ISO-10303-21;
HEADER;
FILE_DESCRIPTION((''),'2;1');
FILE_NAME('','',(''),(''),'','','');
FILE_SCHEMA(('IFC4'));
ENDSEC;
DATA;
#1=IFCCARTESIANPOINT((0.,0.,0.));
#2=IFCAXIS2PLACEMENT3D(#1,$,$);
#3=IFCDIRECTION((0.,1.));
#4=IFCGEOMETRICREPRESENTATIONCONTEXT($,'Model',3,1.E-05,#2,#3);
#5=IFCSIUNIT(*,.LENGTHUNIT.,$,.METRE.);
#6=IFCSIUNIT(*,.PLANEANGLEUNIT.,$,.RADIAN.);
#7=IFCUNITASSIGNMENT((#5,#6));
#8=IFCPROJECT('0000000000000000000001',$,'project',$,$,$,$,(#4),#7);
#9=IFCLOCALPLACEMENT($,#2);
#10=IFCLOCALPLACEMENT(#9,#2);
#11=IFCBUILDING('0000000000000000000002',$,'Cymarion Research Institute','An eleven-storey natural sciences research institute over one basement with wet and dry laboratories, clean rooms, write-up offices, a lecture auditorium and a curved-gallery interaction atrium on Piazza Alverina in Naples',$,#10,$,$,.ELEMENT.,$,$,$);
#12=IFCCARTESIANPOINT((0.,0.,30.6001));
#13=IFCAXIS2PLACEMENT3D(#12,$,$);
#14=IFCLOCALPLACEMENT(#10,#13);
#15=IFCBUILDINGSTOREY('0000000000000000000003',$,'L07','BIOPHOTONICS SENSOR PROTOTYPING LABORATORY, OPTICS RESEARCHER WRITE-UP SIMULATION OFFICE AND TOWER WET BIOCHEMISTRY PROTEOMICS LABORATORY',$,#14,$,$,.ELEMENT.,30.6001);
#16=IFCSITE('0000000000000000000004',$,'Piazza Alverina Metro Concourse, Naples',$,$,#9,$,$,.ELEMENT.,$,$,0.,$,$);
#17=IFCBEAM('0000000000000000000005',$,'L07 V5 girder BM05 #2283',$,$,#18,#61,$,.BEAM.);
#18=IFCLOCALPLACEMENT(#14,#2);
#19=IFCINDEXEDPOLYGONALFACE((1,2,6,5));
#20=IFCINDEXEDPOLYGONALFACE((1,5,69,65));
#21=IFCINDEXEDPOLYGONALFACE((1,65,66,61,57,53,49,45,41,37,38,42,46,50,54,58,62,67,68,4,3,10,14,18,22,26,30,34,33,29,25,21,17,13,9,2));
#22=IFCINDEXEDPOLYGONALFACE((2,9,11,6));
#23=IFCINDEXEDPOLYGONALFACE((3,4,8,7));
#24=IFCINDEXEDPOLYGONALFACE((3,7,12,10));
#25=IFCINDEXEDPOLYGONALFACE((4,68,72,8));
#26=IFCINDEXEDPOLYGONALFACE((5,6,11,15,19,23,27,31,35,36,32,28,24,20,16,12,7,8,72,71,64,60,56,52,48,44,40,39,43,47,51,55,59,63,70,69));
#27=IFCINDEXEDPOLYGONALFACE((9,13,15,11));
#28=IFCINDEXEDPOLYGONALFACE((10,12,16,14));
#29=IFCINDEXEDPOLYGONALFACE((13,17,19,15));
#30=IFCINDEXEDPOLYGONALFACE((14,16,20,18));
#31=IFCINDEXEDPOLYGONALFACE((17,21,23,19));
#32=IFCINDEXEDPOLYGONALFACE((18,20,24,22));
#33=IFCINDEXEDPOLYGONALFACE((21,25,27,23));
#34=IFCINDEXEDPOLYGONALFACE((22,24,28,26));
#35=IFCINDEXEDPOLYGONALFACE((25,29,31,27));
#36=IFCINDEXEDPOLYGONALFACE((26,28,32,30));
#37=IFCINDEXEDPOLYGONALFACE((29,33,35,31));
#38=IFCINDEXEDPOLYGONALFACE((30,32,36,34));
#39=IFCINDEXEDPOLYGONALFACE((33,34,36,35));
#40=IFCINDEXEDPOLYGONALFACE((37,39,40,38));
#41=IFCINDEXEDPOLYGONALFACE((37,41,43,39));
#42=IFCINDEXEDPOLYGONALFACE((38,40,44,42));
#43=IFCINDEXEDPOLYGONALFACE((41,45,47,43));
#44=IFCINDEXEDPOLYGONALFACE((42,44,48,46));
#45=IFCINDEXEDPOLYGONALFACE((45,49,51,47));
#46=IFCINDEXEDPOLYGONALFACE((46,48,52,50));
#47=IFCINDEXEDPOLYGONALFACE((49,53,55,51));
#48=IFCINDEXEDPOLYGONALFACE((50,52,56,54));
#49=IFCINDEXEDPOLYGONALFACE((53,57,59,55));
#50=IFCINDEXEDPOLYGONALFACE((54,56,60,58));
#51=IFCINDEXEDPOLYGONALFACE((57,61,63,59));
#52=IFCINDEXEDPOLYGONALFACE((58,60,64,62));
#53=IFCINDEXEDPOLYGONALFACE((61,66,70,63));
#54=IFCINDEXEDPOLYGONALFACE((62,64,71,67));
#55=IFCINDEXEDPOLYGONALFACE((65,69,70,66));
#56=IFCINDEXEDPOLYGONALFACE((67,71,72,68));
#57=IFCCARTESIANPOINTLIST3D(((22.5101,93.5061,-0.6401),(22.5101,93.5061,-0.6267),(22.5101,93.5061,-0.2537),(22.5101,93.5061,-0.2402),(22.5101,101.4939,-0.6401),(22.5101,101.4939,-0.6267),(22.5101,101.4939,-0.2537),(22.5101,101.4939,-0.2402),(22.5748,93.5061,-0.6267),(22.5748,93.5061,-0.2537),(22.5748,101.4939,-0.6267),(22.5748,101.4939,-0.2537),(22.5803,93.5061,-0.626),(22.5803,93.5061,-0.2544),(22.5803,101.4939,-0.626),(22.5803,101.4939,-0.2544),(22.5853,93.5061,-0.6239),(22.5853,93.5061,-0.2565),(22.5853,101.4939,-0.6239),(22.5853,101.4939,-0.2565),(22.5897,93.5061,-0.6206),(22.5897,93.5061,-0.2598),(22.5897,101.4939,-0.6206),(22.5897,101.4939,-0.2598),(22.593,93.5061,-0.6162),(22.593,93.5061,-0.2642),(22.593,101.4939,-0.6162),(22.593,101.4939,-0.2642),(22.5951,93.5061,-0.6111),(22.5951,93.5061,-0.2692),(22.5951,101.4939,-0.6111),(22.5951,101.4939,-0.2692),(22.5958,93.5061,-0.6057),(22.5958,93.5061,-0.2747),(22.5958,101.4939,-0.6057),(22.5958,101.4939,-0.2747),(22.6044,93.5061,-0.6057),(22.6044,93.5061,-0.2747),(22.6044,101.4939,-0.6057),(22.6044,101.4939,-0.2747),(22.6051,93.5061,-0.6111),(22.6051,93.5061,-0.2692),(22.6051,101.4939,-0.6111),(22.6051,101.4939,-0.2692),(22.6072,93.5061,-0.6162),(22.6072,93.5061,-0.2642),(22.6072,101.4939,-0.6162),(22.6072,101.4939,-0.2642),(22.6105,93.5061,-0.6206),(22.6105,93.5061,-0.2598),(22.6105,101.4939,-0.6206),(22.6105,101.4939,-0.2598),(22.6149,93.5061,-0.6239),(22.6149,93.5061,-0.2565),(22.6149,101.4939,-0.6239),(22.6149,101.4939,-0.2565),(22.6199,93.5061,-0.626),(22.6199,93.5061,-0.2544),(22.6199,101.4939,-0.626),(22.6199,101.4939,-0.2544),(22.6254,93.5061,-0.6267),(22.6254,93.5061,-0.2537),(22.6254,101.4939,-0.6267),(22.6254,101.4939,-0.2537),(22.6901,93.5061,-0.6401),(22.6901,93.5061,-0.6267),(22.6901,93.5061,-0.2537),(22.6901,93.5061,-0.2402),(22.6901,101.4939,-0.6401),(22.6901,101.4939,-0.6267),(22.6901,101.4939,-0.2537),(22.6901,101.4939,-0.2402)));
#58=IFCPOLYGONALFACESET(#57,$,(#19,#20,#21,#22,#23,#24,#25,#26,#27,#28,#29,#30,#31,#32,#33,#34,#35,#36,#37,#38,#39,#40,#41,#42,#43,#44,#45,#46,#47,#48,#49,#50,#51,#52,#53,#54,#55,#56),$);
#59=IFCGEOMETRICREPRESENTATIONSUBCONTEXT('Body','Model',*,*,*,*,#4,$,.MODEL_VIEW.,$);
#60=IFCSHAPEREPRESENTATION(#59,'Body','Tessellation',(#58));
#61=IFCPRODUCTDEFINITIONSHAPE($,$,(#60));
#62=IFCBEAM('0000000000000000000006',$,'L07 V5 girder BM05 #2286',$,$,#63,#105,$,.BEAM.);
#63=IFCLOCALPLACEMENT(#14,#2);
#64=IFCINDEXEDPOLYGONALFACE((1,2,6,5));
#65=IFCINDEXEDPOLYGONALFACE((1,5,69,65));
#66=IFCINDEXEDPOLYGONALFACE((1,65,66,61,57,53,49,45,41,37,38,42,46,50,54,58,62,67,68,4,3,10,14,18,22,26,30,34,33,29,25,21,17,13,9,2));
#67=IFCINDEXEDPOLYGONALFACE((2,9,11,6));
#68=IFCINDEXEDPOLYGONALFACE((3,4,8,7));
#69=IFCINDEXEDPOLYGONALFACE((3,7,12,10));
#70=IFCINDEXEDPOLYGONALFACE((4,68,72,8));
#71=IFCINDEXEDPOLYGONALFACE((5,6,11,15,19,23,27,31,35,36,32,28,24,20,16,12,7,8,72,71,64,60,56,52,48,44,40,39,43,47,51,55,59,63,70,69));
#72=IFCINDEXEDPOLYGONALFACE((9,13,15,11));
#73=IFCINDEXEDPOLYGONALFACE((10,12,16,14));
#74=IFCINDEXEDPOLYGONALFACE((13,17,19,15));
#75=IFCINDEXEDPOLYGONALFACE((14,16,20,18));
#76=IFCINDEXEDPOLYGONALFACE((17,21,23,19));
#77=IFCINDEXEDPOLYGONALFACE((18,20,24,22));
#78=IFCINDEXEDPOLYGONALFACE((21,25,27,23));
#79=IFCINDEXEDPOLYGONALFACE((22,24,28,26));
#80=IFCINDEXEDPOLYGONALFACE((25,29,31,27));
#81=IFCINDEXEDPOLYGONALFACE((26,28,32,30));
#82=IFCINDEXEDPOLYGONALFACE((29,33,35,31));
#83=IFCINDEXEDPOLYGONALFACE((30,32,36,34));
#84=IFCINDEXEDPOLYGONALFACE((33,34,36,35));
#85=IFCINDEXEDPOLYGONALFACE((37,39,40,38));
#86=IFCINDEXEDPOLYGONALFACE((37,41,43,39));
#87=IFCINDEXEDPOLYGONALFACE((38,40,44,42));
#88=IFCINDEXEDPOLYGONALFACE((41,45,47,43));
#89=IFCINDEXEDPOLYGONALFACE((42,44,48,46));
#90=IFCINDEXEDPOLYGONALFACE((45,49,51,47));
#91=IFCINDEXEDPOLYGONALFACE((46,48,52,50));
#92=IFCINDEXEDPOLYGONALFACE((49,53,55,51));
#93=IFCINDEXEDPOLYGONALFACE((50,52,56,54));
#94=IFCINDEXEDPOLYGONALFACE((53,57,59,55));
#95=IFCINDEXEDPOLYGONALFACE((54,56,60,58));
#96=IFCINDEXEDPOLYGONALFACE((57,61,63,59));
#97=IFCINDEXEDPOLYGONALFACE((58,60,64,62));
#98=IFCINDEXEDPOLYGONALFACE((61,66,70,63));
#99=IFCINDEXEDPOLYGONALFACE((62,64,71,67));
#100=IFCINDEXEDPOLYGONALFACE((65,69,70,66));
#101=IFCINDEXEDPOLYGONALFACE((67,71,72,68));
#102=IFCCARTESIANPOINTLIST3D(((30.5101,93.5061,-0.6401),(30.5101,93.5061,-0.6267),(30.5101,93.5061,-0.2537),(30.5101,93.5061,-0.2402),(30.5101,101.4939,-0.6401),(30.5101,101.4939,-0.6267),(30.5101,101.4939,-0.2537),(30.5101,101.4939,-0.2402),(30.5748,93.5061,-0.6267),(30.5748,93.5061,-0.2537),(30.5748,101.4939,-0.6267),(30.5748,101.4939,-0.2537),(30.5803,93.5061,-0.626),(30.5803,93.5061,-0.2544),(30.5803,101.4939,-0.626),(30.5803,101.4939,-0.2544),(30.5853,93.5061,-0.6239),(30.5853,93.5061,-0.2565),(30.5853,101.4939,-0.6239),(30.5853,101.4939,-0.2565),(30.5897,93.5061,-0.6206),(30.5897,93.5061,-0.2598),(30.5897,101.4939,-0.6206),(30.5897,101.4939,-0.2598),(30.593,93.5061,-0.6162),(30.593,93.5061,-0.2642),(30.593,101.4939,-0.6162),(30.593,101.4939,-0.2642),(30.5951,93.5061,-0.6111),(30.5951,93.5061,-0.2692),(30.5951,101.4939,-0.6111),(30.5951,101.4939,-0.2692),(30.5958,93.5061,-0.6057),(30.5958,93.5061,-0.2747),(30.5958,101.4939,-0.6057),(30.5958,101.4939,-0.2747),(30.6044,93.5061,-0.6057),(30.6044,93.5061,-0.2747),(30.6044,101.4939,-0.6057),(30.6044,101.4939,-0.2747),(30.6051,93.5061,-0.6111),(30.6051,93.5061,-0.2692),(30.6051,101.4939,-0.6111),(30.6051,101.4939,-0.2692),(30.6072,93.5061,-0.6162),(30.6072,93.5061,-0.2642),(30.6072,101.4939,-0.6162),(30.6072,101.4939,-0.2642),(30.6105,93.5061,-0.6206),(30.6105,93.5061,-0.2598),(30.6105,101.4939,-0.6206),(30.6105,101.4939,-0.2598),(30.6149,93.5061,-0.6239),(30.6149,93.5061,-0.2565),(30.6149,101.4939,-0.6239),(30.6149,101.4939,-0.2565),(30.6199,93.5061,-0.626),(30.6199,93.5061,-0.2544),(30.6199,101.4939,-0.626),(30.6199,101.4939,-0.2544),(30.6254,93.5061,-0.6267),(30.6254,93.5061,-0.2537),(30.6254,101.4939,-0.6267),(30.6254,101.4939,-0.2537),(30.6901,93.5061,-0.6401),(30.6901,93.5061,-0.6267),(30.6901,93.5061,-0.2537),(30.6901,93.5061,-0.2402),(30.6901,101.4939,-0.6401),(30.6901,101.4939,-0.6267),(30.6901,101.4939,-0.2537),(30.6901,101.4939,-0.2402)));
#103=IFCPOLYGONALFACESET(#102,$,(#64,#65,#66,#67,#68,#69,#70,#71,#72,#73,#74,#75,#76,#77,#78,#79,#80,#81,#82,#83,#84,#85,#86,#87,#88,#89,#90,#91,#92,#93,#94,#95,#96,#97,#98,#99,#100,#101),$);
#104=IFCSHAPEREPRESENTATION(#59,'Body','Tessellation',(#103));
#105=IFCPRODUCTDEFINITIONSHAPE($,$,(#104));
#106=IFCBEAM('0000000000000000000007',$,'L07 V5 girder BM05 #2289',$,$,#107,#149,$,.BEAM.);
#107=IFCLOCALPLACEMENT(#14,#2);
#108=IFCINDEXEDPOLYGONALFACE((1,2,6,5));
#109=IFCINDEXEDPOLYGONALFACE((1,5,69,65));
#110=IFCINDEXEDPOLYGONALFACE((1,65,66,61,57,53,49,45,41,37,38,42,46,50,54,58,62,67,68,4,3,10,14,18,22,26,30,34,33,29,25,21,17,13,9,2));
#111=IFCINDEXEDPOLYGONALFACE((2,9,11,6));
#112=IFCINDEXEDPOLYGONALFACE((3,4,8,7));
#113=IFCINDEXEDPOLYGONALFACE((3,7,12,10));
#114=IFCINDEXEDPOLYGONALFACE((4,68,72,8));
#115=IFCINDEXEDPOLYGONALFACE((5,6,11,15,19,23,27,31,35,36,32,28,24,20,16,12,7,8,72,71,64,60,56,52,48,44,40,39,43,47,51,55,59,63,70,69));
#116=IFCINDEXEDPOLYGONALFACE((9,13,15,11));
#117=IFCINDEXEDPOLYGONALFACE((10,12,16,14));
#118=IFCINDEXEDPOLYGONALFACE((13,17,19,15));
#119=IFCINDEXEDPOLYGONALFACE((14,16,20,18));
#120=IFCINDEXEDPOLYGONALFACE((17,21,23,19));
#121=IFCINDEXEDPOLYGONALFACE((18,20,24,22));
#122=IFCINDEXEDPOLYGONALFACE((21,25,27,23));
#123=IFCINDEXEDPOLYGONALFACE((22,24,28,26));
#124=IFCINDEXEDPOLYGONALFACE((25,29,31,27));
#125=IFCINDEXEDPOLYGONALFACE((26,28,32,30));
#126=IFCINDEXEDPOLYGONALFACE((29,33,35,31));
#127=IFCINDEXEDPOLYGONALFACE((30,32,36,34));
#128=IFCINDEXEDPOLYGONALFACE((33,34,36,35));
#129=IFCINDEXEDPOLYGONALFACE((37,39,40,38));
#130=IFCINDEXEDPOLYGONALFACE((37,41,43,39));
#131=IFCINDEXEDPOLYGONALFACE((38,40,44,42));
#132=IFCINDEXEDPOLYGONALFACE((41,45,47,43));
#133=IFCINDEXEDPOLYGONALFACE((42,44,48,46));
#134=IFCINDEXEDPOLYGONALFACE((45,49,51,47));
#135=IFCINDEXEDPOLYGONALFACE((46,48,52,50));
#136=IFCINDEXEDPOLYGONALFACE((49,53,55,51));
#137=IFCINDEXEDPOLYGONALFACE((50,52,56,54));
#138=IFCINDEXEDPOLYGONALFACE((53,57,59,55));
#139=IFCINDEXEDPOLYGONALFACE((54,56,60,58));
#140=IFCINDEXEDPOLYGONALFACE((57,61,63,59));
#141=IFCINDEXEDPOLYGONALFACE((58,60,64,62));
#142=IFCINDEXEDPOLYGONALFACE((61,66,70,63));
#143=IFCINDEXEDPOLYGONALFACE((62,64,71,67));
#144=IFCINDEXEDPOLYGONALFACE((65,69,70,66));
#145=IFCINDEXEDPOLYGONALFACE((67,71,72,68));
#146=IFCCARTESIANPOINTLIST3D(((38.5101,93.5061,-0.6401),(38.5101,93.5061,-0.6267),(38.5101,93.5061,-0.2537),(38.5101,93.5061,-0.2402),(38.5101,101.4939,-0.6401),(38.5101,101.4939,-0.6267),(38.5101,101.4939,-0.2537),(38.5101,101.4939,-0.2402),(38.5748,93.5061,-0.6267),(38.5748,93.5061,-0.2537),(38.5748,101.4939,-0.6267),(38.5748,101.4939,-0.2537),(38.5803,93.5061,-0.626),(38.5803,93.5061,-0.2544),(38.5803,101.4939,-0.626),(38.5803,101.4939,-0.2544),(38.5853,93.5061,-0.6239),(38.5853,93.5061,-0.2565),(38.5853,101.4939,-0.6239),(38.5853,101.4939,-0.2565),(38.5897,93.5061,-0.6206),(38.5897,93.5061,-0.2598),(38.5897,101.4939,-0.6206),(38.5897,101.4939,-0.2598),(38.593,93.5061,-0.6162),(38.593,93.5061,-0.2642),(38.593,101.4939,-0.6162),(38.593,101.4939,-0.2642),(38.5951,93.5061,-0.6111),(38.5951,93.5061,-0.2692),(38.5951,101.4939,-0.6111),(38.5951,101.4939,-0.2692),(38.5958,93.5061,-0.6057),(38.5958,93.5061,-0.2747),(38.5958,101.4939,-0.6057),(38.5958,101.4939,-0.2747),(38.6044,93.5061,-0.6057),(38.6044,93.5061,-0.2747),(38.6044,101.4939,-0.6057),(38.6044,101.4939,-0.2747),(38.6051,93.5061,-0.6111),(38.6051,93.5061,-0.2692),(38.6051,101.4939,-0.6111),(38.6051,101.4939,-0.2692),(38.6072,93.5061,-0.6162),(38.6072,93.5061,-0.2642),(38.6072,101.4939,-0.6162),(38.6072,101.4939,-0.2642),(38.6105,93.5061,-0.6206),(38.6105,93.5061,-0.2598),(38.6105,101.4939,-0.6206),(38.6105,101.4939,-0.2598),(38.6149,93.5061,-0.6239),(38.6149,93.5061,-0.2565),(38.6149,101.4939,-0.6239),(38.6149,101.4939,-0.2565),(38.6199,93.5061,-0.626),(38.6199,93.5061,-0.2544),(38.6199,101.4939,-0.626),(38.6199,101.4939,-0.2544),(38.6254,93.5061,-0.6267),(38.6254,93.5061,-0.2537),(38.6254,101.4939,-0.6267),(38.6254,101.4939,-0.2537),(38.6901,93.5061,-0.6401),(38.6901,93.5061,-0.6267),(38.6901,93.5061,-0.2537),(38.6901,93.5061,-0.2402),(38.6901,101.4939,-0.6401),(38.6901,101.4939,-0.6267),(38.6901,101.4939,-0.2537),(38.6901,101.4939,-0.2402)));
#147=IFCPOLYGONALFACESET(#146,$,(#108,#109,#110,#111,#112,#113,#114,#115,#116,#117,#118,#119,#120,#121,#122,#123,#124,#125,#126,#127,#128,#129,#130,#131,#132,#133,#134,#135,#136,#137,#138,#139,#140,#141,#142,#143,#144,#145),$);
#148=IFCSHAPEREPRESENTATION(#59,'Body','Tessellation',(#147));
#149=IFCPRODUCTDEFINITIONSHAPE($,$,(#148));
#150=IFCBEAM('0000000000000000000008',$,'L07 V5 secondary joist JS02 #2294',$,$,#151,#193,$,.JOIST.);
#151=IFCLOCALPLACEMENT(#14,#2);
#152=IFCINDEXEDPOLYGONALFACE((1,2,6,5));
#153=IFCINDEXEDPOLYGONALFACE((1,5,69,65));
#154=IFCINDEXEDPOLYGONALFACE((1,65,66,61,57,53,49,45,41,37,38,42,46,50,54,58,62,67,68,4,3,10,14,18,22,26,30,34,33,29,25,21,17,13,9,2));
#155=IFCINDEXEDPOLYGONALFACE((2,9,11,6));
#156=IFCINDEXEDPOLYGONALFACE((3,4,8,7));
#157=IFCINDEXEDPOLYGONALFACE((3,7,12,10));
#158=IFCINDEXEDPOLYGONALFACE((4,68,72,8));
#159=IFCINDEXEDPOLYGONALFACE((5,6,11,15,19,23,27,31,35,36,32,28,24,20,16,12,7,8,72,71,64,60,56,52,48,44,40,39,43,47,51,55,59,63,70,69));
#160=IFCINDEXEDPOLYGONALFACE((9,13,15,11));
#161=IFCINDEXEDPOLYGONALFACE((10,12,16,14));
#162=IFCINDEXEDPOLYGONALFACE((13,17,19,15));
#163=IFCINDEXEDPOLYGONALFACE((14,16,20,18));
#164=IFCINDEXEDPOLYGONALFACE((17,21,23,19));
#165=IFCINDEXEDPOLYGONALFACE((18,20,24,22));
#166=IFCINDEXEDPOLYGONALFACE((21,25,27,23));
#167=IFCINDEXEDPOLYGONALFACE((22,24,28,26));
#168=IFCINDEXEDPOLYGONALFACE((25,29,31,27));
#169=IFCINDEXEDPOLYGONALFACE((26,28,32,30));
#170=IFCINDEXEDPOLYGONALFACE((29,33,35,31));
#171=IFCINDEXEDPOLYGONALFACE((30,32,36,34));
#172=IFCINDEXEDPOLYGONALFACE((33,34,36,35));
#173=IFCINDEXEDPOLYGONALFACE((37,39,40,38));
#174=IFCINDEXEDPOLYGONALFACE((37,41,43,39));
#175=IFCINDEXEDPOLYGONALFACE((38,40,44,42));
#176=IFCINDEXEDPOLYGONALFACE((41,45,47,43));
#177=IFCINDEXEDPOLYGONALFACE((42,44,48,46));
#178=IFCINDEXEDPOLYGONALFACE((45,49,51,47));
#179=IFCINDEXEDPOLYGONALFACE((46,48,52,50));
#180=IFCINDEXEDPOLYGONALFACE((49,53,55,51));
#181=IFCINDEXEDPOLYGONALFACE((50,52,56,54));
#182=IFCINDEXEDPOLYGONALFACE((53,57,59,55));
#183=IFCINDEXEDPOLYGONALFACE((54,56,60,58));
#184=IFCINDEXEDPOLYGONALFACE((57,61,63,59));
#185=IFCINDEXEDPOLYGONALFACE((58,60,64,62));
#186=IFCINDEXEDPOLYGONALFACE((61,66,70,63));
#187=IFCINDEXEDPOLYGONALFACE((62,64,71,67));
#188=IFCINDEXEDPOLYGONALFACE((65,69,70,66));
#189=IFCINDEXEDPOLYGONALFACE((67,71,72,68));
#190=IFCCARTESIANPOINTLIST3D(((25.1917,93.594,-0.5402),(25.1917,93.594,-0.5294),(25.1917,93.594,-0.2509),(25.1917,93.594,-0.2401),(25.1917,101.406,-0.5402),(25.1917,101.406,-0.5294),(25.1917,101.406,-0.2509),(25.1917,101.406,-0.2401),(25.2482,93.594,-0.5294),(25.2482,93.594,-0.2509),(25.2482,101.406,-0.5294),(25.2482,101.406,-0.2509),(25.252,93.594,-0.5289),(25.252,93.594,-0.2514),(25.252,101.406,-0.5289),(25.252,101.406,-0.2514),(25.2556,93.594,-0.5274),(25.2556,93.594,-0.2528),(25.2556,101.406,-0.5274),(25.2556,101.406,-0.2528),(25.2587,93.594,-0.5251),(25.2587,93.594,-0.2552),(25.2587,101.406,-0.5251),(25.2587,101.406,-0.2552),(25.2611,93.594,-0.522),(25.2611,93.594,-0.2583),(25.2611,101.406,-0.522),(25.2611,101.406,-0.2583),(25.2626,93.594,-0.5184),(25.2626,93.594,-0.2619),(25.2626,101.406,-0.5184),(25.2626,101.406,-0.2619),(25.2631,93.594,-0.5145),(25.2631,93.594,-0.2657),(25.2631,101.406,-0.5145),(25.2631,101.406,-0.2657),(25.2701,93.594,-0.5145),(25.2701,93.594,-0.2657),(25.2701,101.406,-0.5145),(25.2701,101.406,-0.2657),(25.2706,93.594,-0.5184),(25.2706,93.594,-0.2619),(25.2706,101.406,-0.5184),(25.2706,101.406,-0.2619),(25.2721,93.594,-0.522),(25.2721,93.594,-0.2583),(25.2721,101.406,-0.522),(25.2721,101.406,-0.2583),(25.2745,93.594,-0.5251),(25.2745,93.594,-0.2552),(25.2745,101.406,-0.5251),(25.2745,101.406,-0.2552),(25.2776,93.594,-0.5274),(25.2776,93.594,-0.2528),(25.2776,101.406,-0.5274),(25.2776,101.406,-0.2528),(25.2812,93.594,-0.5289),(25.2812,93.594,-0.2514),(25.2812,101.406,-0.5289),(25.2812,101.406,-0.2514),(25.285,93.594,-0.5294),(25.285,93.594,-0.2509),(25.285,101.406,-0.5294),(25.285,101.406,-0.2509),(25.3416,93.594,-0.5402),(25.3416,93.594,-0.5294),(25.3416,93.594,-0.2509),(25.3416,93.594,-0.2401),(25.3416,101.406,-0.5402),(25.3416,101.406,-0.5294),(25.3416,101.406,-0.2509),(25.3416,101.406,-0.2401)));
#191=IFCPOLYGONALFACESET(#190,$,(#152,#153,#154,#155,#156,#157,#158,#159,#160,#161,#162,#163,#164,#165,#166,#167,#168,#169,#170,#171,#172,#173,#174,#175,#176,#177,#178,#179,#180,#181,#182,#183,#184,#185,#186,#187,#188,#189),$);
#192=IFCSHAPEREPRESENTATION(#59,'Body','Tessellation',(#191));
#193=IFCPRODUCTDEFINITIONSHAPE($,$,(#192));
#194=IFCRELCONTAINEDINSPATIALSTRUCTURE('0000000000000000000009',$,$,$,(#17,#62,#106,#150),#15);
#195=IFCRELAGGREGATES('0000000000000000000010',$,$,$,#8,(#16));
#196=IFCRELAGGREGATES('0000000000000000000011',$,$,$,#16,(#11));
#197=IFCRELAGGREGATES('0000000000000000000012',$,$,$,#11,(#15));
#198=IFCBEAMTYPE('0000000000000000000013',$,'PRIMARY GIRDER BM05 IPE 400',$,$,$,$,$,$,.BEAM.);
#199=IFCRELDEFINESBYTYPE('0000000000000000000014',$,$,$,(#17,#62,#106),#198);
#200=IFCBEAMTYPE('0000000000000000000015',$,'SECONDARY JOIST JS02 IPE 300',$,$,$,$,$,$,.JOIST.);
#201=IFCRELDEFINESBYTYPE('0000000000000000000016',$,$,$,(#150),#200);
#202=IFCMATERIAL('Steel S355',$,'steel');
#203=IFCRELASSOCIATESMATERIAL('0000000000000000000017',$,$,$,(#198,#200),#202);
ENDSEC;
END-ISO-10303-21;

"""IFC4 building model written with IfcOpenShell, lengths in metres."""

from ifc_helpers import new_model, si_unit, direction, frame, origin, origin_2d, place, context, subcontext, project, spatial, i_section, extrude, material, material_profile, profile_set, type_object, element, save


model = new_model("IFC4")

# Units and contexts
model_context = context("Model", 3, precision=1e-05, world=origin(), true_north=direction((0.0, 1.0)))
body_context = subcontext(model_context, "Body", "Model", "MODEL_VIEW")
ifc_project = project(units=[si_unit("LENGTHUNIT", "METRE"), si_unit("PLANEANGLEUNIT", "RADIAN")], contexts=[model_context])

# Site, building, storey
site_placement = place(None, origin())
site = spatial("IfcSite", under=ifc_project, at=site_placement, Name="Piazza Alverina Metro Concourse, Naples", CompositionType="ELEMENT", RefElevation=0.0)
building_placement = place(site_placement, origin())
building = spatial("IfcBuilding", under=site, at=building_placement, Name="Cymarion Research Institute", Description="An eleven-storey natural sciences research institute over one basement with wet and dry laboratories, clean rooms, write-up offices, a lecture auditorium and a curved-gallery interaction atrium on Piazza Alverina in Naples", CompositionType="ELEMENT")
storey_placement = place(building_placement, frame((0.0, 0.0, 30.6001)))
storey = spatial("IfcBuildingStorey", under=building, at=storey_placement, Name="L07", Description="BIOPHOTONICS SENSOR PROTOTYPING LABORATORY, OPTICS RESEARCHER WRITE-UP SIMULATION OFFICE AND TOWER WET BIOCHEMISTRY PROTEOMICS LABORATORY", CompositionType="ELEMENT", Elevation=30.6001)

# Beams
ifc_material_1 = material(Name="Steel S355", Category="steel")
ifc_material_profile_1 = material_profile(ifc_material_1, i_section(OverallWidth=0.1799, OverallDepth=0.3999, WebThickness=0.0085, FlangeThickness=0.0134, FilletRadius=0.021, at=origin_2d()), Name="IPE 400")
ifc_profile_set_1 = profile_set([ifc_material_profile_1], Name="Steel S355")
beam_type_1 = type_object("IfcBeamType", Name="PRIMARY GIRDER BM05 IPE 400", PredefinedType="BEAM", material=ifc_profile_set_1)
for number, where, z_axis, x_axis, name in (
    (1, (22.6001, 93.5061, -0.4402), (0.0, 1.0, 0.0), (-1.0, 0.0, 0.0), "L07 V5 girder BM05 #2283"),
    (2, (30.6001, 93.5061, -0.4402), (0.0, 1.0, 0.0), (-1.0, 0.0, 0.0), "L07 V5 girder BM05 #2286"),
    (3, (38.6001, 93.5061, -0.4402), (0.0, 1.0, 0.0), (-1.0, 0.0, 0.0), "L07 V5 girder BM05 #2289"),
):
    element("IfcBeam", number, at=place(storey_placement, frame(where, z_axis=z_axis, x_axis=x_axis)), inside=storey, type_object=beam_type_1, Name=name, PredefinedType="BEAM", context=body_context, shape_type="SweptSolid", body=[
        extrude(i_section(OverallWidth=0.1799, OverallDepth=0.3999, WebThickness=0.0085, FlangeThickness=0.0134, FilletRadius=0.021, at=origin_2d()), origin(), (0.0, 0.0, 1.0), 7.9878),
    ])
ifc_material_profile_2 = material_profile(ifc_material_1, i_section(OverallWidth=0.1499, OverallDepth=0.3, WebThickness=0.0071, FlangeThickness=0.0107, FilletRadius=0.0149, at=origin_2d()), Name="IPE 300")
ifc_profile_set_2 = profile_set([ifc_material_profile_2], Name="Steel S355")
beam_type_2 = type_object("IfcBeamType", Name="SECONDARY JOIST JS02 IPE 300", PredefinedType="JOIST", material=ifc_profile_set_2)
for number, where, z_axis, x_axis, name in (
    (4, (25.2666, 93.594, -0.3901), (0.0, 1.0, 0.0), (-1.0, 0.0, 0.0), "L07 V5 secondary joist JS02 #2294"),
):
    element("IfcBeam", number, at=place(storey_placement, frame(where, z_axis=z_axis, x_axis=x_axis)), inside=storey, type_object=beam_type_2, Name=name, PredefinedType="JOIST", context=body_context, shape_type="SweptSolid", body=[
        extrude(i_section(OverallWidth=0.1499, OverallDepth=0.3, WebThickness=0.0071, FlangeThickness=0.0107, FilletRadius=0.0149, at=origin_2d()), origin(), (0.0, 0.0, 1.0), 7.812),
    ])

save(model, "model.ifc")
